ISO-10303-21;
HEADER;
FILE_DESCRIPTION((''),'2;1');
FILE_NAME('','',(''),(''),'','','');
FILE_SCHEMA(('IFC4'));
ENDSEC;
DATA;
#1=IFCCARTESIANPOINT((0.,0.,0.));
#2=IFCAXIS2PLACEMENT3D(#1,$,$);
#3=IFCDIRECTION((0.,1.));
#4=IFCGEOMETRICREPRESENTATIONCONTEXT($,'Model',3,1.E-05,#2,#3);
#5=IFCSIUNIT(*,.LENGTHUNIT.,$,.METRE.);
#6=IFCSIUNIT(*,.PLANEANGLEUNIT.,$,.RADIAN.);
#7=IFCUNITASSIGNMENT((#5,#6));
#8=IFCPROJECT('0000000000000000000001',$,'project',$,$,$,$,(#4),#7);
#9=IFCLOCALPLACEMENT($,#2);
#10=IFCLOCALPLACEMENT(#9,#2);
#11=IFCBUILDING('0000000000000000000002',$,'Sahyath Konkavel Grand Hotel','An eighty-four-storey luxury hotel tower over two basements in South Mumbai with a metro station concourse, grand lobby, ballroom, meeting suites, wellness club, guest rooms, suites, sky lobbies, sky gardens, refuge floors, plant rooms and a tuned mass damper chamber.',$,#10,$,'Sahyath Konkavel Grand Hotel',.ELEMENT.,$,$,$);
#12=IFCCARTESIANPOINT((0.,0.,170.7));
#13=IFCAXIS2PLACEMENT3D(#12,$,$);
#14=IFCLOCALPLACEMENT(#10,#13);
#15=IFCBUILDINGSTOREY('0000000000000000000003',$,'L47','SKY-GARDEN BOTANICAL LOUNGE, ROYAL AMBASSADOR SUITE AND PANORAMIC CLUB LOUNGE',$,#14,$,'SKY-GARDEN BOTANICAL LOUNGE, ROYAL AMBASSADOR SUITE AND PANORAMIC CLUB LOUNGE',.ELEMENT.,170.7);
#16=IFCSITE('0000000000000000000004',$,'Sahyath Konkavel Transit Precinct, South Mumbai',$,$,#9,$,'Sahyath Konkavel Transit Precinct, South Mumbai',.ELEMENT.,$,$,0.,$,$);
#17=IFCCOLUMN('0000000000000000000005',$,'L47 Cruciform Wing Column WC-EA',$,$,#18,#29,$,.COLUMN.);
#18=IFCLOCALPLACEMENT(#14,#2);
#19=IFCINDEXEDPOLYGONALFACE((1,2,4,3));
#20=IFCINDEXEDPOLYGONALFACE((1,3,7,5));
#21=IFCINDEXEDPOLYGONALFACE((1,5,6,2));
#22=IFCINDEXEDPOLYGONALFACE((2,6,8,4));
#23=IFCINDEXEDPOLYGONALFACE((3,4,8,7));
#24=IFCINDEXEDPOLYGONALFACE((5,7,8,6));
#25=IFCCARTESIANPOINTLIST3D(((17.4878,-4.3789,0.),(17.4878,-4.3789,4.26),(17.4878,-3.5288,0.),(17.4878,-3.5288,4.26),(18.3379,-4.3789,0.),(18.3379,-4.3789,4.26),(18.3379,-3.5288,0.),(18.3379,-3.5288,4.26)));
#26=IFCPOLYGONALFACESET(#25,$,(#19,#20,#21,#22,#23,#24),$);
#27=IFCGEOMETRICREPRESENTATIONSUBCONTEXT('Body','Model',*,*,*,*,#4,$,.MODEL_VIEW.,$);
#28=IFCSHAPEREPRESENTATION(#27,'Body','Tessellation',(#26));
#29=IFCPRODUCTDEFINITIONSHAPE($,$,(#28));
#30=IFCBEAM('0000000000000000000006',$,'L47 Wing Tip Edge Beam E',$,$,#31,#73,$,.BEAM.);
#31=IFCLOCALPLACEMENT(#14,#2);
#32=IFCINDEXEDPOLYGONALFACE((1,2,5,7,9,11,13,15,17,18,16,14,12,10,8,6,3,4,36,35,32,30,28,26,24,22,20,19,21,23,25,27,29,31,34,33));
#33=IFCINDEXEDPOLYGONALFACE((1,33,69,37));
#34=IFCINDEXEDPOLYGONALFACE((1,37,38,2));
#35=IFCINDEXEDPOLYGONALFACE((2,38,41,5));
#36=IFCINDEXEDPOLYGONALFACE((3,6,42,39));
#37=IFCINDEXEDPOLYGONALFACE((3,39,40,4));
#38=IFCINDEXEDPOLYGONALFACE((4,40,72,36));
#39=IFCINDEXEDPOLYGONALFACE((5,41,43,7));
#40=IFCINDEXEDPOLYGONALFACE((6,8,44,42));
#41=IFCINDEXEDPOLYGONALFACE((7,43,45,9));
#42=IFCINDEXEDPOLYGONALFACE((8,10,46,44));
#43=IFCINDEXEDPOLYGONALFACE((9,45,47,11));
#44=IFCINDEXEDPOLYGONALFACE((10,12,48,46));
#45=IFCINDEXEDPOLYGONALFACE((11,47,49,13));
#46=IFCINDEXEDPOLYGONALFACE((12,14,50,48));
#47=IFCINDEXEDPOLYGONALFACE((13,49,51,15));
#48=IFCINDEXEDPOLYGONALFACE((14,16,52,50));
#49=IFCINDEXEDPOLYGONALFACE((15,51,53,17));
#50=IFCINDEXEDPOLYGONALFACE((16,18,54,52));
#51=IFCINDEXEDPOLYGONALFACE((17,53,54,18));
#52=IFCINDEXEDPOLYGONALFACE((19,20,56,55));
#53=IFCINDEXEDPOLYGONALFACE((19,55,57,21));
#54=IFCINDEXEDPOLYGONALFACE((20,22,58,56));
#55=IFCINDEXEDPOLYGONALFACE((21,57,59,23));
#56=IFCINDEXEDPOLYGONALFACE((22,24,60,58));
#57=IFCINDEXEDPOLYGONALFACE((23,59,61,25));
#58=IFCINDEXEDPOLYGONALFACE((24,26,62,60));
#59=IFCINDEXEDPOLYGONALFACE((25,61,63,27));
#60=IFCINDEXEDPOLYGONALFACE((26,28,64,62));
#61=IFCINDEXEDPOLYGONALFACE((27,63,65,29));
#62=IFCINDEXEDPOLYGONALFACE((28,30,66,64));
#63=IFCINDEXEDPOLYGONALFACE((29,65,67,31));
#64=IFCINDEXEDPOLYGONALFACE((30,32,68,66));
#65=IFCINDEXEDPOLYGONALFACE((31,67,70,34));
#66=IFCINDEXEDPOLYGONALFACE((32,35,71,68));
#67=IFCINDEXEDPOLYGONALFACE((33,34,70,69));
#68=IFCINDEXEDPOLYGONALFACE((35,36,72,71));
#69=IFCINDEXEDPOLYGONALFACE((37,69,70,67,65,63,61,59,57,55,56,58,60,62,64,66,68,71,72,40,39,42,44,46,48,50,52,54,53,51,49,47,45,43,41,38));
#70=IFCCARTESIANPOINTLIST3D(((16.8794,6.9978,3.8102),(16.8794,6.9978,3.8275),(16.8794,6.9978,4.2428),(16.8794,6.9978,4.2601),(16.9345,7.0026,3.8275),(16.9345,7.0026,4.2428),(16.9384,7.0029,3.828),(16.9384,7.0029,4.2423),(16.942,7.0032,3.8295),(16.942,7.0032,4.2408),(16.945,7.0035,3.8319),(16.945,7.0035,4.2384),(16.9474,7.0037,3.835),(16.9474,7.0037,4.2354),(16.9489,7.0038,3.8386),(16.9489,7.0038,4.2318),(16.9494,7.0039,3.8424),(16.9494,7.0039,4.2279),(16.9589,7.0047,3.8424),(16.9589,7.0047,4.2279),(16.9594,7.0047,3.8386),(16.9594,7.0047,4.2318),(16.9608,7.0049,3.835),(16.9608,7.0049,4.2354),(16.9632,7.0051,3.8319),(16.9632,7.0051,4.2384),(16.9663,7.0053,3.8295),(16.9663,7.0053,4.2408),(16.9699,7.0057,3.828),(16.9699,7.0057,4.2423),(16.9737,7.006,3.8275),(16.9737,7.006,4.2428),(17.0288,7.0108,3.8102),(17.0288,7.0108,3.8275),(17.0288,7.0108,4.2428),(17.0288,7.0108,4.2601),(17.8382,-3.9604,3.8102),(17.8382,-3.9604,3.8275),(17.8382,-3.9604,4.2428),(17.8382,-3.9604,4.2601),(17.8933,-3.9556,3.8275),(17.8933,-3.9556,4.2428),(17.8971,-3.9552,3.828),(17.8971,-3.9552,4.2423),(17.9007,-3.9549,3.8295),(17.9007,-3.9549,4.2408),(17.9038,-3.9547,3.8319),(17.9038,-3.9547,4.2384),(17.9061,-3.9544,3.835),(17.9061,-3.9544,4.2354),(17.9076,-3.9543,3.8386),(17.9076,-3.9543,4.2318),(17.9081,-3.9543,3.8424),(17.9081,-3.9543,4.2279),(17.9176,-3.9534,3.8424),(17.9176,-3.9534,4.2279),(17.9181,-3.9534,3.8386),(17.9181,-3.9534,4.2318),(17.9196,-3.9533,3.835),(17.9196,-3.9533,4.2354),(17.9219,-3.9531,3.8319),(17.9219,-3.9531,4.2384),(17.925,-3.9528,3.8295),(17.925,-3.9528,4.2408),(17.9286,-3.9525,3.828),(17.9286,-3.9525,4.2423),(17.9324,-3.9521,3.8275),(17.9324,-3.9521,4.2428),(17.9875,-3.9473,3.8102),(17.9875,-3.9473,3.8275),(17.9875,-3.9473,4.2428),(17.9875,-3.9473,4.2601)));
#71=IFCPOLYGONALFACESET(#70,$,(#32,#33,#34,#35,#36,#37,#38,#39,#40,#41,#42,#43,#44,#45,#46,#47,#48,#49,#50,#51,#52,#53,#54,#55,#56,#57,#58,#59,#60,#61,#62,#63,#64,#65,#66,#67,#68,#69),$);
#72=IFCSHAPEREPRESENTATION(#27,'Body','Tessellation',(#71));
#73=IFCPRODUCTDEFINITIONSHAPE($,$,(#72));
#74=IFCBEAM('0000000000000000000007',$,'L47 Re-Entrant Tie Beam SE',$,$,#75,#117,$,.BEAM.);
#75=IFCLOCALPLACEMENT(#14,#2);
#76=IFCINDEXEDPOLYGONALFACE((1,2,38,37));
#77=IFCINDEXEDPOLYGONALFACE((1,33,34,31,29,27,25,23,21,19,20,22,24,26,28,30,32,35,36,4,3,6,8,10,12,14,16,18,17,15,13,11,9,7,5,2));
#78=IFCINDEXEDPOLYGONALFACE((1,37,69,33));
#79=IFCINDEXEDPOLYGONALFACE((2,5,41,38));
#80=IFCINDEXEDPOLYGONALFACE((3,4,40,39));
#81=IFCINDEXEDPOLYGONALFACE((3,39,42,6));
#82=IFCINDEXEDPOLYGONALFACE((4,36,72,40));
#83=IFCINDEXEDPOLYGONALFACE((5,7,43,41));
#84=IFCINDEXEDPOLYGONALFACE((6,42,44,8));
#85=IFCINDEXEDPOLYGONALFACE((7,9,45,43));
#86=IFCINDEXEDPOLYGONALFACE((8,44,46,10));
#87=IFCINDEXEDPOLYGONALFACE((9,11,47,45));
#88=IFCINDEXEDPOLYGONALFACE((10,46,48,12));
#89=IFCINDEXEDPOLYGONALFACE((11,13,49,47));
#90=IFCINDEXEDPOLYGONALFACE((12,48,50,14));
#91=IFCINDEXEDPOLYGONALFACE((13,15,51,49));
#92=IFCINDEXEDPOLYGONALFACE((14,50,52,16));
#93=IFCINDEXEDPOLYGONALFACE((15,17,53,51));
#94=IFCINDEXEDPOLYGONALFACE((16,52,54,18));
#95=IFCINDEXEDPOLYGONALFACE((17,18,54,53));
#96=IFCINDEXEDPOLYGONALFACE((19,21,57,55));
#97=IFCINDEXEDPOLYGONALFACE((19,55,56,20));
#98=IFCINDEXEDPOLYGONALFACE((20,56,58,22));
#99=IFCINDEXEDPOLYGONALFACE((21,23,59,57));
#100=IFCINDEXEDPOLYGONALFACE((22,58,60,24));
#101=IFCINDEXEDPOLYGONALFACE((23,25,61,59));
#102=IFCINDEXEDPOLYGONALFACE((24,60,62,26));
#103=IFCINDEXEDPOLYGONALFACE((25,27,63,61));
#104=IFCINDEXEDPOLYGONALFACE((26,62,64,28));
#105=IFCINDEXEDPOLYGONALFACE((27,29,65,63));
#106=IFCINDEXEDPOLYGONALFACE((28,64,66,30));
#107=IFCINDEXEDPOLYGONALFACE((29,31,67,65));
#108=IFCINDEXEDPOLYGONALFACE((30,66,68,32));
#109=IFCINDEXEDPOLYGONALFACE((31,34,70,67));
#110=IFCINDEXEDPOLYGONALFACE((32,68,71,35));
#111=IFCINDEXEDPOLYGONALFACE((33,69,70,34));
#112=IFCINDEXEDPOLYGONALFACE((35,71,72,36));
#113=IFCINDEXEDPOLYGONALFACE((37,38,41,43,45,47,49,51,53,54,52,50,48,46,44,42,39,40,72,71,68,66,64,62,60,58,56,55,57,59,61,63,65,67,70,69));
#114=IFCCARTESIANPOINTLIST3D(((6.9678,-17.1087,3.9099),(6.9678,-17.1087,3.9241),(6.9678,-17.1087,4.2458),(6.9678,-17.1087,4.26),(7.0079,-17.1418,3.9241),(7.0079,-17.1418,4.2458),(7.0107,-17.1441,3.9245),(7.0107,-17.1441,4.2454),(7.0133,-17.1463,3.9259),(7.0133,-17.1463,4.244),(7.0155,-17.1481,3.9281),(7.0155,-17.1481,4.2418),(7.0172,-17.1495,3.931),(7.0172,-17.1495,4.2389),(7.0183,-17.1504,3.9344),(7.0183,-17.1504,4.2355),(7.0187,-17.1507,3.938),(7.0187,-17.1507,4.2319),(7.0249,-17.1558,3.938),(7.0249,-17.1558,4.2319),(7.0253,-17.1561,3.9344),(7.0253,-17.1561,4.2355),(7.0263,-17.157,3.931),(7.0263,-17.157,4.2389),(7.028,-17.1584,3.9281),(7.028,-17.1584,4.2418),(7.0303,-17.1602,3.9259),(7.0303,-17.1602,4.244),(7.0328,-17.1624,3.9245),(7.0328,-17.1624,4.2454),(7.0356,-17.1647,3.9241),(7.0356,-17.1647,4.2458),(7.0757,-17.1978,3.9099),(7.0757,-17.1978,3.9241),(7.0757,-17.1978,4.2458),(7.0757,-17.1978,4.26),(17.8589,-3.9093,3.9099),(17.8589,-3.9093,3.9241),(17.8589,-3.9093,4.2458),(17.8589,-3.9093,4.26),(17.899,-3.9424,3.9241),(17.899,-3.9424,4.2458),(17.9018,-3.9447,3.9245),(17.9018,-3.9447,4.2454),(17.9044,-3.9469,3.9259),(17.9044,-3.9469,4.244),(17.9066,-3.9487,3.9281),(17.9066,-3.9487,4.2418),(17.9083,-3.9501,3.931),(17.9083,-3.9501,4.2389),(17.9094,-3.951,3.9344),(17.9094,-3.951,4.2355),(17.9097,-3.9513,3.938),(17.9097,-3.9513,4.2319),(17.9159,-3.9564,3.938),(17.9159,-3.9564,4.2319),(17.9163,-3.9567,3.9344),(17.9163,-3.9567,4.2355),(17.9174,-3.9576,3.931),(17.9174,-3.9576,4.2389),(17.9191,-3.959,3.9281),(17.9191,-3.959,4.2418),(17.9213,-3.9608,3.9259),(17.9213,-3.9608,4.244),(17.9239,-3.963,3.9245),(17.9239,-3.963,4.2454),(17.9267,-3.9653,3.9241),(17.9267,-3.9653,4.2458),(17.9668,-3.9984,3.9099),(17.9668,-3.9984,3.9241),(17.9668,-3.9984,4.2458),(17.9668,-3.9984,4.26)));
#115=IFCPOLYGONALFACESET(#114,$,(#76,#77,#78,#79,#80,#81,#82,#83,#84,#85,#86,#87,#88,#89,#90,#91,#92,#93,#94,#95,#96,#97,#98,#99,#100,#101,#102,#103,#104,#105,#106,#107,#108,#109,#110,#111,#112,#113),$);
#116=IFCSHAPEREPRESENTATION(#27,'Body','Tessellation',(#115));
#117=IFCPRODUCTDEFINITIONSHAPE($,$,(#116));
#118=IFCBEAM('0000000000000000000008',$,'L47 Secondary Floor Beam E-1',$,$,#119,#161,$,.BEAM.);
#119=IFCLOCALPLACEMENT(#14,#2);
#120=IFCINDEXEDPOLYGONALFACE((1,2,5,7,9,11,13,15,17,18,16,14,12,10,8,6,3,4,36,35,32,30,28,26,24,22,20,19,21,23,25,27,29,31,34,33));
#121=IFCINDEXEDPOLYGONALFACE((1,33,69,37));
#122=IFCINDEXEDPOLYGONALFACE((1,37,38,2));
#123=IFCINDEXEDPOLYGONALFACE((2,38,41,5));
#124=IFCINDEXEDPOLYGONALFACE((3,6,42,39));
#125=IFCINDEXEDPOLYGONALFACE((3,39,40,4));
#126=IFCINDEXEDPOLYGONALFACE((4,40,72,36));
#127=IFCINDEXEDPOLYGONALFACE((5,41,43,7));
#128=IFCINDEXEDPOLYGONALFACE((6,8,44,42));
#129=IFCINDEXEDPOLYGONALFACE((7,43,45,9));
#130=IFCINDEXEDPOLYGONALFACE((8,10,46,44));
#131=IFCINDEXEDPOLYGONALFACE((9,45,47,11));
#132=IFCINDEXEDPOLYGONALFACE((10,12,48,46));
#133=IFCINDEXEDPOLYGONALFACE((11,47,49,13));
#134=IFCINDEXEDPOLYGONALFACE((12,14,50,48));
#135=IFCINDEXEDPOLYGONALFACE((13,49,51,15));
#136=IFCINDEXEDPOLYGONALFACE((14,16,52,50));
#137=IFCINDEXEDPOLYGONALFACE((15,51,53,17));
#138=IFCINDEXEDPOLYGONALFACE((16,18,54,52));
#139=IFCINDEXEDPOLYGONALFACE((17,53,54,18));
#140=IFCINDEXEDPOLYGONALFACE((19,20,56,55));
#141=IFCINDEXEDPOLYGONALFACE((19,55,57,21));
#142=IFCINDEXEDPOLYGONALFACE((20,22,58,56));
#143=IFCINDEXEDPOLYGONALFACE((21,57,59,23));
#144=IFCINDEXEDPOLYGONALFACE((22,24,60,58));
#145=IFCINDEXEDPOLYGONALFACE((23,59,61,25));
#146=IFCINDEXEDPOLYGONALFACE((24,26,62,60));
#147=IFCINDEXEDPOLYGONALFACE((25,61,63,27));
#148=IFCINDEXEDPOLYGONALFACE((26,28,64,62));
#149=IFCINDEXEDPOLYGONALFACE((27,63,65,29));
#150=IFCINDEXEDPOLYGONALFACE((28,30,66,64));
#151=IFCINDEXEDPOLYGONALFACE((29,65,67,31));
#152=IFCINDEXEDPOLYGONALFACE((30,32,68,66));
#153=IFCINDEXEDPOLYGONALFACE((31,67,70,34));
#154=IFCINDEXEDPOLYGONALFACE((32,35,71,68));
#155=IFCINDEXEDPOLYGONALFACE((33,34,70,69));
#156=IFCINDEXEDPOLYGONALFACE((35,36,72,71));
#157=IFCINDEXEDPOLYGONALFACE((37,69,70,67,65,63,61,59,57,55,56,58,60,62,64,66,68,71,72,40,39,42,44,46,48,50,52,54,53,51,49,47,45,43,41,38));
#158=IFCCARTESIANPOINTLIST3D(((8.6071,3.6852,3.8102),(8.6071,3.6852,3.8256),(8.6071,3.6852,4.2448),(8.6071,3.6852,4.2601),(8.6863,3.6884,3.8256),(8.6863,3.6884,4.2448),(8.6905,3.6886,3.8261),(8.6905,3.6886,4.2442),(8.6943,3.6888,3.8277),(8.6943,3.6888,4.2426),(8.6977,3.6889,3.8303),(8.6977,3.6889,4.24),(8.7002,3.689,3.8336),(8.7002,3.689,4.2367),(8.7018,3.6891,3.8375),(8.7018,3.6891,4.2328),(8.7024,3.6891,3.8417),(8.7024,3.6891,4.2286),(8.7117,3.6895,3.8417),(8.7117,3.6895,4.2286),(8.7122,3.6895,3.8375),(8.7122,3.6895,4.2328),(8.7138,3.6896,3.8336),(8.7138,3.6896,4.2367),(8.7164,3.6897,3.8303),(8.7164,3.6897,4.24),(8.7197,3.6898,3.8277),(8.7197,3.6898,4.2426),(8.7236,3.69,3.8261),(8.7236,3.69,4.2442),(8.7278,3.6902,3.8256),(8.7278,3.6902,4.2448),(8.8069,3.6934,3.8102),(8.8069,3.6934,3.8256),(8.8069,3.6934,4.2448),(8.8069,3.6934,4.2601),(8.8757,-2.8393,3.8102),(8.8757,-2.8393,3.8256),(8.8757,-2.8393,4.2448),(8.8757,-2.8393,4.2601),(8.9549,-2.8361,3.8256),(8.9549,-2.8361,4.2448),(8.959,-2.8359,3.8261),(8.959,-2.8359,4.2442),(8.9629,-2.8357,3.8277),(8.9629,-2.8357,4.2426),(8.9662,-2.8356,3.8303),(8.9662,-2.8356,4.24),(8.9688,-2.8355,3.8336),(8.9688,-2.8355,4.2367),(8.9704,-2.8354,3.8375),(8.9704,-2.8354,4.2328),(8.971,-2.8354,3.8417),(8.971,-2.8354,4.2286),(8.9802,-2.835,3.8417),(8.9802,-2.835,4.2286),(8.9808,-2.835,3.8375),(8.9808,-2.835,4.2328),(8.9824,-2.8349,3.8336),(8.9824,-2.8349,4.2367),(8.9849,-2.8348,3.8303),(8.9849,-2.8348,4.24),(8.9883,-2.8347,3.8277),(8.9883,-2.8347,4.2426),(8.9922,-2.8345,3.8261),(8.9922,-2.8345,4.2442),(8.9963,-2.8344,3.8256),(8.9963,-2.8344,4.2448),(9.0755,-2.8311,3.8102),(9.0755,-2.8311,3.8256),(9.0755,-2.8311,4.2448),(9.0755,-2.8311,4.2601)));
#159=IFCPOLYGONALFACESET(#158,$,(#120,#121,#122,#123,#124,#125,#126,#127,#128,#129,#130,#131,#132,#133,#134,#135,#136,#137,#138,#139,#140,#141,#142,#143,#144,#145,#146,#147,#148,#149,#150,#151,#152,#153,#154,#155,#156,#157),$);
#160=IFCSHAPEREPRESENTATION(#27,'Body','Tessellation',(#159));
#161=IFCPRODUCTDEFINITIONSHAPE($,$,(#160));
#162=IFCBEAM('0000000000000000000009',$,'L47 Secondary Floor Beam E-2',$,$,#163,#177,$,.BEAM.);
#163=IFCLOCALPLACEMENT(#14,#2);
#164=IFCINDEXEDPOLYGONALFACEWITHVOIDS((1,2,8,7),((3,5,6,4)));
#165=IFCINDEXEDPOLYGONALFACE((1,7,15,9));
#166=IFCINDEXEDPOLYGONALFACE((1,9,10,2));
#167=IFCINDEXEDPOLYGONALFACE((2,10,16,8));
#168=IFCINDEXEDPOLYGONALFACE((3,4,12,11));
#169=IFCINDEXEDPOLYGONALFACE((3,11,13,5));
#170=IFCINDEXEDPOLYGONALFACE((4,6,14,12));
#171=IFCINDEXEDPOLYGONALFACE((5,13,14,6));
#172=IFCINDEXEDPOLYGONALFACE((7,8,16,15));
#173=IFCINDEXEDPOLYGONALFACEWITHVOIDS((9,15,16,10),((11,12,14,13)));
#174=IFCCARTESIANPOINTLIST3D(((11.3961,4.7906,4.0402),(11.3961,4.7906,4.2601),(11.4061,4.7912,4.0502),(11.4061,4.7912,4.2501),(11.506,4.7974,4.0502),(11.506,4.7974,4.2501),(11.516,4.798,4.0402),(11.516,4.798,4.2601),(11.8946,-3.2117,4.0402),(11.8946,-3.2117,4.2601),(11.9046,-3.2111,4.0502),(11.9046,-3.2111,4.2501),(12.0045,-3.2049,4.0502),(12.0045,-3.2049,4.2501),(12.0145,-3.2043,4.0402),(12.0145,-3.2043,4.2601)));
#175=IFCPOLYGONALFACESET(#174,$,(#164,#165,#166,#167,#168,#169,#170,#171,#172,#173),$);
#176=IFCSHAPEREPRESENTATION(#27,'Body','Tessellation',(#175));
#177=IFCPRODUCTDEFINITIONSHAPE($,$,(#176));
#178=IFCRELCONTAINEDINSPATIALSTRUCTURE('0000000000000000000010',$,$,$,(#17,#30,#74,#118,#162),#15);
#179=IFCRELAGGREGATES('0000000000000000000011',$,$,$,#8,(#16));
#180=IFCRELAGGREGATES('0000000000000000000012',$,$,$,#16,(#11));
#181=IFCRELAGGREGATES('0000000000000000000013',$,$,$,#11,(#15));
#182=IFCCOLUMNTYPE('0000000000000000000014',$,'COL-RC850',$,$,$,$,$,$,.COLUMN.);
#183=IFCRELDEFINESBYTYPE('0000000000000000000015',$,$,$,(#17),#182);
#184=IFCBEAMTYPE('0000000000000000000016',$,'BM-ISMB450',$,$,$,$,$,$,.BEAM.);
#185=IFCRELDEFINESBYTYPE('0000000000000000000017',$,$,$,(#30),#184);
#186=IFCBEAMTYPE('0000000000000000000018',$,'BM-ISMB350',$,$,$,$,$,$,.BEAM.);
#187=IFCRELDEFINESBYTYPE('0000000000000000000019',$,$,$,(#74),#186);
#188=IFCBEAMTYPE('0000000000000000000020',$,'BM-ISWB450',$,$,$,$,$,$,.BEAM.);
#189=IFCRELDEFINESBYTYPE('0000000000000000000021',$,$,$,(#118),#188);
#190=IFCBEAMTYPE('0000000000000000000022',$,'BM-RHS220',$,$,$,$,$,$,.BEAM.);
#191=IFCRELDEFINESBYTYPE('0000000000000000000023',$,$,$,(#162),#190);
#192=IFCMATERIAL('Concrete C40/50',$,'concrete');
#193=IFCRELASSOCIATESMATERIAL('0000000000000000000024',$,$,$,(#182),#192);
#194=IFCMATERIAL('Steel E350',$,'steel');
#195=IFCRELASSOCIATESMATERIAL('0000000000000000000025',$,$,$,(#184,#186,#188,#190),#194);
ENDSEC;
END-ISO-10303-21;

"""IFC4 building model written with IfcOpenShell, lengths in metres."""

from ifc_helpers import new_model, si_unit, direction, frame, origin, origin_2d, place, context, subcontext, project, spatial, rectangle, hollow_rectangle, i_section, extrude, source, transform, mapped, material, material_profile, profile_set, type_object, element, save


model = new_model("IFC4")

# Units and contexts
model_context = context("Model", 3, precision=1e-05, world=origin(), true_north=direction((0.0, 1.0)))
body_context = subcontext(model_context, "Body", "Model", "MODEL_VIEW")
ifc_project = project(units=[si_unit("LENGTHUNIT", "METRE"), si_unit("PLANEANGLEUNIT", "RADIAN")], contexts=[model_context])

# Site, building, storey
site_placement = place(None, origin())
site = spatial("IfcSite", under=ifc_project, at=site_placement, Name="Sahyath Konkavel Transit Precinct, South Mumbai", LongName="Sahyath Konkavel Transit Precinct, South Mumbai", CompositionType="ELEMENT", RefElevation=0.0)
building_placement = place(site_placement, origin())
building = spatial("IfcBuilding", under=site, at=building_placement, Name="Sahyath Konkavel Grand Hotel", Description="An eighty-four-storey luxury hotel tower over two basements in South Mumbai with a metro station concourse, grand lobby, ballroom, meeting suites, wellness club, guest rooms, suites, sky lobbies, sky gardens, refuge floors, plant rooms and a tuned mass damper chamber.", LongName="Sahyath Konkavel Grand Hotel", CompositionType="ELEMENT")
storey_placement = place(building_placement, frame((0.0, 0.0, 170.7)))
storey = spatial("IfcBuildingStorey", under=building, at=storey_placement, Name="L47", Description="SKY-GARDEN BOTANICAL LOUNGE, ROYAL AMBASSADOR SUITE AND PANORAMIC CLUB LOUNGE", LongName="SKY-GARDEN BOTANICAL LOUNGE, ROYAL AMBASSADOR SUITE AND PANORAMIC CLUB LOUNGE", CompositionType="ELEMENT", Elevation=170.7)

# Column
ifc_material_1 = material(Name="Concrete C40/50", Category="concrete")
ifc_material_profile_1 = material_profile(ifc_material_1, rectangle(XDim=0.8501, YDim=0.8501, at=origin_2d()), Name="RC 850x850")
ifc_profile_set_1 = profile_set([ifc_material_profile_1], Name="Concrete C40/50")
column_type = type_object("IfcColumnType", Name="COL-RC850", PredefinedType="COLUMN", material=ifc_profile_set_1)
shared_shape_1 = source(origin(), body_context, "Body", "SweptSolid", [
    extrude(rectangle(XDim=0.8501, YDim=0.8501, at=origin_2d()), origin(), (0.0, 0.0, 1.0), 4.26),
])
column_placement = place(storey_placement, frame((17.9128, -3.9539, 0.0), z_axis=(0.0, 0.0, 1.0), x_axis=(1.0, 0.0, 0.0)))
element("IfcColumn", 1, at=column_placement, inside=storey, type_object=column_type, Name="L47 Cruciform Wing Column WC-EA", PredefinedType="COLUMN", context=body_context, shape_type="MappedRepresentation", body=[
    mapped(shared_shape_1, transform((0.0, 0.0, 0.0), scale=1.0)),
])

# Beams
ifc_material_2 = material(Name="Steel E350", Category="steel")
ifc_material_profile_2 = material_profile(ifc_material_2, i_section(OverallWidth=0.1499, OverallDepth=0.45, WebThickness=0.0095, FlangeThickness=0.0173, FilletRadius=0.0149, at=origin_2d()), Name="ISMB 450")
ifc_profile_set_2 = profile_set([ifc_material_profile_2], Name="Steel E350")
beam_type_1 = type_object("IfcBeamType", Name="BM-ISMB450", PredefinedType="BEAM", material=ifc_profile_set_2)
shared_shape_2 = source(origin(), body_context, "Body", "SweptSolid", [
    extrude(i_section(OverallWidth=0.1499, OverallDepth=0.45, WebThickness=0.0095, FlangeThickness=0.0173, FilletRadius=0.0149, at=origin_2d()), origin(), (0.0, 0.0, 1.0), 11.0),
])
beam_1_placement = place(storey_placement, frame((17.9128, -3.9539, 4.0352), z_axis=(-0.087157, 0.996195, 0.0), x_axis=(-0.996195, -0.087157, 0.0)))
element("IfcBeam", 2, at=beam_1_placement, inside=storey, type_object=beam_type_1, Name="L47 Wing Tip Edge Beam E", PredefinedType="BEAM", context=body_context, shape_type="MappedRepresentation", body=[
    mapped(shared_shape_2, transform((0.0, 0.0, 0.0), scale=1.0)),
])
ifc_material_profile_3 = material_profile(ifc_material_2, i_section(OverallWidth=0.1399, OverallDepth=0.3501, WebThickness=0.0081, FlangeThickness=0.0142, FilletRadius=0.0139, at=origin_2d()), Name="ISMB 350")
ifc_profile_set_3 = profile_set([ifc_material_profile_3], Name="Steel E350")
beam_type_2 = type_object("IfcBeamType", Name="BM-ISMB350", PredefinedType="BEAM", material=ifc_profile_set_3)
shared_shape_3 = source(origin(), body_context, "Body", "SweptSolid", [
    extrude(i_section(OverallWidth=0.1399, OverallDepth=0.3501, WebThickness=0.0081, FlangeThickness=0.0142, FilletRadius=0.0139, at=origin_2d()), origin(), (0.0, 0.0, 1.0), 17.1125),
])
beam_2_placement = place(storey_placement, frame((17.9128, -3.9539, 4.085), z_axis=(-0.636437, -0.771329, 0.0), x_axis=(0.771329, -0.636437, 0.0)))
element("IfcBeam", 3, at=beam_2_placement, inside=storey, type_object=beam_type_2, Name="L47 Re-Entrant Tie Beam SE", PredefinedType="BEAM", context=body_context, shape_type="MappedRepresentation", body=[
    mapped(shared_shape_3, transform((0.0, 0.0, 0.0), scale=1.0)),
])
ifc_material_profile_4 = material_profile(ifc_material_2, i_section(OverallWidth=0.2, OverallDepth=0.45, WebThickness=0.0093, FlangeThickness=0.0154, FilletRadius=0.0161, at=origin_2d()), Name="ISWB 450")
ifc_profile_set_4 = profile_set([ifc_material_profile_4], Name="Steel E350")
beam_type_3 = type_object("IfcBeamType", Name="BM-ISWB450", PredefinedType="BEAM", material=ifc_profile_set_4)
shared_shape_4 = source(origin(), body_context, "Body", "SweptSolid", [
    extrude(i_section(OverallWidth=0.2, OverallDepth=0.45, WebThickness=0.0093, FlangeThickness=0.0154, FilletRadius=0.0161, at=origin_2d()), origin(), (0.0, 0.0, 1.0), 6.53),
])
beam_3_placement = place(storey_placement, frame((8.9756, -2.8352, 4.0352), z_axis=(-0.041127, 0.999154, 0.0), x_axis=(-0.999154, -0.041127, 0.0)))
element("IfcBeam", 4, at=beam_3_placement, inside=storey, type_object=beam_type_3, Name="L47 Secondary Floor Beam E-1", PredefinedType="BEAM", context=body_context, shape_type="MappedRepresentation", body=[
    mapped(shared_shape_4, transform((0.0, 0.0, 0.0), scale=1.0)),
])
ifc_material_profile_5 = material_profile(ifc_material_2, hollow_rectangle(XDim=0.1201, YDim=0.22, WallThickness=0.01, at=origin_2d()), Name="RHS 220x120x10")
ifc_profile_set_5 = profile_set([ifc_material_profile_5], Name="Steel E350")
beam_type_4 = type_object("IfcBeamType", Name="BM-RHS220", PredefinedType="BEAM", material=ifc_profile_set_5)
shared_shape_5 = source(origin(), body_context, "Body", "SweptSolid", [
    extrude(hollow_rectangle(XDim=0.1201, YDim=0.22, WallThickness=0.01, at=origin_2d()), origin(), (0.0, 0.0, 1.0), 8.0178),
])
beam_4_placement = place(storey_placement, frame((11.9546, -3.208, 4.1501), z_axis=(-0.062179, 0.998065, 0.0), x_axis=(-0.998065, -0.062179, 0.0)))
element("IfcBeam", 5, at=beam_4_placement, inside=storey, type_object=beam_type_4, Name="L47 Secondary Floor Beam E-2", PredefinedType="BEAM", context=body_context, shape_type="MappedRepresentation", body=[
    mapped(shared_shape_5, transform((0.0, 0.0, 0.0), scale=1.0)),
])

save(model, "model.ifc")
